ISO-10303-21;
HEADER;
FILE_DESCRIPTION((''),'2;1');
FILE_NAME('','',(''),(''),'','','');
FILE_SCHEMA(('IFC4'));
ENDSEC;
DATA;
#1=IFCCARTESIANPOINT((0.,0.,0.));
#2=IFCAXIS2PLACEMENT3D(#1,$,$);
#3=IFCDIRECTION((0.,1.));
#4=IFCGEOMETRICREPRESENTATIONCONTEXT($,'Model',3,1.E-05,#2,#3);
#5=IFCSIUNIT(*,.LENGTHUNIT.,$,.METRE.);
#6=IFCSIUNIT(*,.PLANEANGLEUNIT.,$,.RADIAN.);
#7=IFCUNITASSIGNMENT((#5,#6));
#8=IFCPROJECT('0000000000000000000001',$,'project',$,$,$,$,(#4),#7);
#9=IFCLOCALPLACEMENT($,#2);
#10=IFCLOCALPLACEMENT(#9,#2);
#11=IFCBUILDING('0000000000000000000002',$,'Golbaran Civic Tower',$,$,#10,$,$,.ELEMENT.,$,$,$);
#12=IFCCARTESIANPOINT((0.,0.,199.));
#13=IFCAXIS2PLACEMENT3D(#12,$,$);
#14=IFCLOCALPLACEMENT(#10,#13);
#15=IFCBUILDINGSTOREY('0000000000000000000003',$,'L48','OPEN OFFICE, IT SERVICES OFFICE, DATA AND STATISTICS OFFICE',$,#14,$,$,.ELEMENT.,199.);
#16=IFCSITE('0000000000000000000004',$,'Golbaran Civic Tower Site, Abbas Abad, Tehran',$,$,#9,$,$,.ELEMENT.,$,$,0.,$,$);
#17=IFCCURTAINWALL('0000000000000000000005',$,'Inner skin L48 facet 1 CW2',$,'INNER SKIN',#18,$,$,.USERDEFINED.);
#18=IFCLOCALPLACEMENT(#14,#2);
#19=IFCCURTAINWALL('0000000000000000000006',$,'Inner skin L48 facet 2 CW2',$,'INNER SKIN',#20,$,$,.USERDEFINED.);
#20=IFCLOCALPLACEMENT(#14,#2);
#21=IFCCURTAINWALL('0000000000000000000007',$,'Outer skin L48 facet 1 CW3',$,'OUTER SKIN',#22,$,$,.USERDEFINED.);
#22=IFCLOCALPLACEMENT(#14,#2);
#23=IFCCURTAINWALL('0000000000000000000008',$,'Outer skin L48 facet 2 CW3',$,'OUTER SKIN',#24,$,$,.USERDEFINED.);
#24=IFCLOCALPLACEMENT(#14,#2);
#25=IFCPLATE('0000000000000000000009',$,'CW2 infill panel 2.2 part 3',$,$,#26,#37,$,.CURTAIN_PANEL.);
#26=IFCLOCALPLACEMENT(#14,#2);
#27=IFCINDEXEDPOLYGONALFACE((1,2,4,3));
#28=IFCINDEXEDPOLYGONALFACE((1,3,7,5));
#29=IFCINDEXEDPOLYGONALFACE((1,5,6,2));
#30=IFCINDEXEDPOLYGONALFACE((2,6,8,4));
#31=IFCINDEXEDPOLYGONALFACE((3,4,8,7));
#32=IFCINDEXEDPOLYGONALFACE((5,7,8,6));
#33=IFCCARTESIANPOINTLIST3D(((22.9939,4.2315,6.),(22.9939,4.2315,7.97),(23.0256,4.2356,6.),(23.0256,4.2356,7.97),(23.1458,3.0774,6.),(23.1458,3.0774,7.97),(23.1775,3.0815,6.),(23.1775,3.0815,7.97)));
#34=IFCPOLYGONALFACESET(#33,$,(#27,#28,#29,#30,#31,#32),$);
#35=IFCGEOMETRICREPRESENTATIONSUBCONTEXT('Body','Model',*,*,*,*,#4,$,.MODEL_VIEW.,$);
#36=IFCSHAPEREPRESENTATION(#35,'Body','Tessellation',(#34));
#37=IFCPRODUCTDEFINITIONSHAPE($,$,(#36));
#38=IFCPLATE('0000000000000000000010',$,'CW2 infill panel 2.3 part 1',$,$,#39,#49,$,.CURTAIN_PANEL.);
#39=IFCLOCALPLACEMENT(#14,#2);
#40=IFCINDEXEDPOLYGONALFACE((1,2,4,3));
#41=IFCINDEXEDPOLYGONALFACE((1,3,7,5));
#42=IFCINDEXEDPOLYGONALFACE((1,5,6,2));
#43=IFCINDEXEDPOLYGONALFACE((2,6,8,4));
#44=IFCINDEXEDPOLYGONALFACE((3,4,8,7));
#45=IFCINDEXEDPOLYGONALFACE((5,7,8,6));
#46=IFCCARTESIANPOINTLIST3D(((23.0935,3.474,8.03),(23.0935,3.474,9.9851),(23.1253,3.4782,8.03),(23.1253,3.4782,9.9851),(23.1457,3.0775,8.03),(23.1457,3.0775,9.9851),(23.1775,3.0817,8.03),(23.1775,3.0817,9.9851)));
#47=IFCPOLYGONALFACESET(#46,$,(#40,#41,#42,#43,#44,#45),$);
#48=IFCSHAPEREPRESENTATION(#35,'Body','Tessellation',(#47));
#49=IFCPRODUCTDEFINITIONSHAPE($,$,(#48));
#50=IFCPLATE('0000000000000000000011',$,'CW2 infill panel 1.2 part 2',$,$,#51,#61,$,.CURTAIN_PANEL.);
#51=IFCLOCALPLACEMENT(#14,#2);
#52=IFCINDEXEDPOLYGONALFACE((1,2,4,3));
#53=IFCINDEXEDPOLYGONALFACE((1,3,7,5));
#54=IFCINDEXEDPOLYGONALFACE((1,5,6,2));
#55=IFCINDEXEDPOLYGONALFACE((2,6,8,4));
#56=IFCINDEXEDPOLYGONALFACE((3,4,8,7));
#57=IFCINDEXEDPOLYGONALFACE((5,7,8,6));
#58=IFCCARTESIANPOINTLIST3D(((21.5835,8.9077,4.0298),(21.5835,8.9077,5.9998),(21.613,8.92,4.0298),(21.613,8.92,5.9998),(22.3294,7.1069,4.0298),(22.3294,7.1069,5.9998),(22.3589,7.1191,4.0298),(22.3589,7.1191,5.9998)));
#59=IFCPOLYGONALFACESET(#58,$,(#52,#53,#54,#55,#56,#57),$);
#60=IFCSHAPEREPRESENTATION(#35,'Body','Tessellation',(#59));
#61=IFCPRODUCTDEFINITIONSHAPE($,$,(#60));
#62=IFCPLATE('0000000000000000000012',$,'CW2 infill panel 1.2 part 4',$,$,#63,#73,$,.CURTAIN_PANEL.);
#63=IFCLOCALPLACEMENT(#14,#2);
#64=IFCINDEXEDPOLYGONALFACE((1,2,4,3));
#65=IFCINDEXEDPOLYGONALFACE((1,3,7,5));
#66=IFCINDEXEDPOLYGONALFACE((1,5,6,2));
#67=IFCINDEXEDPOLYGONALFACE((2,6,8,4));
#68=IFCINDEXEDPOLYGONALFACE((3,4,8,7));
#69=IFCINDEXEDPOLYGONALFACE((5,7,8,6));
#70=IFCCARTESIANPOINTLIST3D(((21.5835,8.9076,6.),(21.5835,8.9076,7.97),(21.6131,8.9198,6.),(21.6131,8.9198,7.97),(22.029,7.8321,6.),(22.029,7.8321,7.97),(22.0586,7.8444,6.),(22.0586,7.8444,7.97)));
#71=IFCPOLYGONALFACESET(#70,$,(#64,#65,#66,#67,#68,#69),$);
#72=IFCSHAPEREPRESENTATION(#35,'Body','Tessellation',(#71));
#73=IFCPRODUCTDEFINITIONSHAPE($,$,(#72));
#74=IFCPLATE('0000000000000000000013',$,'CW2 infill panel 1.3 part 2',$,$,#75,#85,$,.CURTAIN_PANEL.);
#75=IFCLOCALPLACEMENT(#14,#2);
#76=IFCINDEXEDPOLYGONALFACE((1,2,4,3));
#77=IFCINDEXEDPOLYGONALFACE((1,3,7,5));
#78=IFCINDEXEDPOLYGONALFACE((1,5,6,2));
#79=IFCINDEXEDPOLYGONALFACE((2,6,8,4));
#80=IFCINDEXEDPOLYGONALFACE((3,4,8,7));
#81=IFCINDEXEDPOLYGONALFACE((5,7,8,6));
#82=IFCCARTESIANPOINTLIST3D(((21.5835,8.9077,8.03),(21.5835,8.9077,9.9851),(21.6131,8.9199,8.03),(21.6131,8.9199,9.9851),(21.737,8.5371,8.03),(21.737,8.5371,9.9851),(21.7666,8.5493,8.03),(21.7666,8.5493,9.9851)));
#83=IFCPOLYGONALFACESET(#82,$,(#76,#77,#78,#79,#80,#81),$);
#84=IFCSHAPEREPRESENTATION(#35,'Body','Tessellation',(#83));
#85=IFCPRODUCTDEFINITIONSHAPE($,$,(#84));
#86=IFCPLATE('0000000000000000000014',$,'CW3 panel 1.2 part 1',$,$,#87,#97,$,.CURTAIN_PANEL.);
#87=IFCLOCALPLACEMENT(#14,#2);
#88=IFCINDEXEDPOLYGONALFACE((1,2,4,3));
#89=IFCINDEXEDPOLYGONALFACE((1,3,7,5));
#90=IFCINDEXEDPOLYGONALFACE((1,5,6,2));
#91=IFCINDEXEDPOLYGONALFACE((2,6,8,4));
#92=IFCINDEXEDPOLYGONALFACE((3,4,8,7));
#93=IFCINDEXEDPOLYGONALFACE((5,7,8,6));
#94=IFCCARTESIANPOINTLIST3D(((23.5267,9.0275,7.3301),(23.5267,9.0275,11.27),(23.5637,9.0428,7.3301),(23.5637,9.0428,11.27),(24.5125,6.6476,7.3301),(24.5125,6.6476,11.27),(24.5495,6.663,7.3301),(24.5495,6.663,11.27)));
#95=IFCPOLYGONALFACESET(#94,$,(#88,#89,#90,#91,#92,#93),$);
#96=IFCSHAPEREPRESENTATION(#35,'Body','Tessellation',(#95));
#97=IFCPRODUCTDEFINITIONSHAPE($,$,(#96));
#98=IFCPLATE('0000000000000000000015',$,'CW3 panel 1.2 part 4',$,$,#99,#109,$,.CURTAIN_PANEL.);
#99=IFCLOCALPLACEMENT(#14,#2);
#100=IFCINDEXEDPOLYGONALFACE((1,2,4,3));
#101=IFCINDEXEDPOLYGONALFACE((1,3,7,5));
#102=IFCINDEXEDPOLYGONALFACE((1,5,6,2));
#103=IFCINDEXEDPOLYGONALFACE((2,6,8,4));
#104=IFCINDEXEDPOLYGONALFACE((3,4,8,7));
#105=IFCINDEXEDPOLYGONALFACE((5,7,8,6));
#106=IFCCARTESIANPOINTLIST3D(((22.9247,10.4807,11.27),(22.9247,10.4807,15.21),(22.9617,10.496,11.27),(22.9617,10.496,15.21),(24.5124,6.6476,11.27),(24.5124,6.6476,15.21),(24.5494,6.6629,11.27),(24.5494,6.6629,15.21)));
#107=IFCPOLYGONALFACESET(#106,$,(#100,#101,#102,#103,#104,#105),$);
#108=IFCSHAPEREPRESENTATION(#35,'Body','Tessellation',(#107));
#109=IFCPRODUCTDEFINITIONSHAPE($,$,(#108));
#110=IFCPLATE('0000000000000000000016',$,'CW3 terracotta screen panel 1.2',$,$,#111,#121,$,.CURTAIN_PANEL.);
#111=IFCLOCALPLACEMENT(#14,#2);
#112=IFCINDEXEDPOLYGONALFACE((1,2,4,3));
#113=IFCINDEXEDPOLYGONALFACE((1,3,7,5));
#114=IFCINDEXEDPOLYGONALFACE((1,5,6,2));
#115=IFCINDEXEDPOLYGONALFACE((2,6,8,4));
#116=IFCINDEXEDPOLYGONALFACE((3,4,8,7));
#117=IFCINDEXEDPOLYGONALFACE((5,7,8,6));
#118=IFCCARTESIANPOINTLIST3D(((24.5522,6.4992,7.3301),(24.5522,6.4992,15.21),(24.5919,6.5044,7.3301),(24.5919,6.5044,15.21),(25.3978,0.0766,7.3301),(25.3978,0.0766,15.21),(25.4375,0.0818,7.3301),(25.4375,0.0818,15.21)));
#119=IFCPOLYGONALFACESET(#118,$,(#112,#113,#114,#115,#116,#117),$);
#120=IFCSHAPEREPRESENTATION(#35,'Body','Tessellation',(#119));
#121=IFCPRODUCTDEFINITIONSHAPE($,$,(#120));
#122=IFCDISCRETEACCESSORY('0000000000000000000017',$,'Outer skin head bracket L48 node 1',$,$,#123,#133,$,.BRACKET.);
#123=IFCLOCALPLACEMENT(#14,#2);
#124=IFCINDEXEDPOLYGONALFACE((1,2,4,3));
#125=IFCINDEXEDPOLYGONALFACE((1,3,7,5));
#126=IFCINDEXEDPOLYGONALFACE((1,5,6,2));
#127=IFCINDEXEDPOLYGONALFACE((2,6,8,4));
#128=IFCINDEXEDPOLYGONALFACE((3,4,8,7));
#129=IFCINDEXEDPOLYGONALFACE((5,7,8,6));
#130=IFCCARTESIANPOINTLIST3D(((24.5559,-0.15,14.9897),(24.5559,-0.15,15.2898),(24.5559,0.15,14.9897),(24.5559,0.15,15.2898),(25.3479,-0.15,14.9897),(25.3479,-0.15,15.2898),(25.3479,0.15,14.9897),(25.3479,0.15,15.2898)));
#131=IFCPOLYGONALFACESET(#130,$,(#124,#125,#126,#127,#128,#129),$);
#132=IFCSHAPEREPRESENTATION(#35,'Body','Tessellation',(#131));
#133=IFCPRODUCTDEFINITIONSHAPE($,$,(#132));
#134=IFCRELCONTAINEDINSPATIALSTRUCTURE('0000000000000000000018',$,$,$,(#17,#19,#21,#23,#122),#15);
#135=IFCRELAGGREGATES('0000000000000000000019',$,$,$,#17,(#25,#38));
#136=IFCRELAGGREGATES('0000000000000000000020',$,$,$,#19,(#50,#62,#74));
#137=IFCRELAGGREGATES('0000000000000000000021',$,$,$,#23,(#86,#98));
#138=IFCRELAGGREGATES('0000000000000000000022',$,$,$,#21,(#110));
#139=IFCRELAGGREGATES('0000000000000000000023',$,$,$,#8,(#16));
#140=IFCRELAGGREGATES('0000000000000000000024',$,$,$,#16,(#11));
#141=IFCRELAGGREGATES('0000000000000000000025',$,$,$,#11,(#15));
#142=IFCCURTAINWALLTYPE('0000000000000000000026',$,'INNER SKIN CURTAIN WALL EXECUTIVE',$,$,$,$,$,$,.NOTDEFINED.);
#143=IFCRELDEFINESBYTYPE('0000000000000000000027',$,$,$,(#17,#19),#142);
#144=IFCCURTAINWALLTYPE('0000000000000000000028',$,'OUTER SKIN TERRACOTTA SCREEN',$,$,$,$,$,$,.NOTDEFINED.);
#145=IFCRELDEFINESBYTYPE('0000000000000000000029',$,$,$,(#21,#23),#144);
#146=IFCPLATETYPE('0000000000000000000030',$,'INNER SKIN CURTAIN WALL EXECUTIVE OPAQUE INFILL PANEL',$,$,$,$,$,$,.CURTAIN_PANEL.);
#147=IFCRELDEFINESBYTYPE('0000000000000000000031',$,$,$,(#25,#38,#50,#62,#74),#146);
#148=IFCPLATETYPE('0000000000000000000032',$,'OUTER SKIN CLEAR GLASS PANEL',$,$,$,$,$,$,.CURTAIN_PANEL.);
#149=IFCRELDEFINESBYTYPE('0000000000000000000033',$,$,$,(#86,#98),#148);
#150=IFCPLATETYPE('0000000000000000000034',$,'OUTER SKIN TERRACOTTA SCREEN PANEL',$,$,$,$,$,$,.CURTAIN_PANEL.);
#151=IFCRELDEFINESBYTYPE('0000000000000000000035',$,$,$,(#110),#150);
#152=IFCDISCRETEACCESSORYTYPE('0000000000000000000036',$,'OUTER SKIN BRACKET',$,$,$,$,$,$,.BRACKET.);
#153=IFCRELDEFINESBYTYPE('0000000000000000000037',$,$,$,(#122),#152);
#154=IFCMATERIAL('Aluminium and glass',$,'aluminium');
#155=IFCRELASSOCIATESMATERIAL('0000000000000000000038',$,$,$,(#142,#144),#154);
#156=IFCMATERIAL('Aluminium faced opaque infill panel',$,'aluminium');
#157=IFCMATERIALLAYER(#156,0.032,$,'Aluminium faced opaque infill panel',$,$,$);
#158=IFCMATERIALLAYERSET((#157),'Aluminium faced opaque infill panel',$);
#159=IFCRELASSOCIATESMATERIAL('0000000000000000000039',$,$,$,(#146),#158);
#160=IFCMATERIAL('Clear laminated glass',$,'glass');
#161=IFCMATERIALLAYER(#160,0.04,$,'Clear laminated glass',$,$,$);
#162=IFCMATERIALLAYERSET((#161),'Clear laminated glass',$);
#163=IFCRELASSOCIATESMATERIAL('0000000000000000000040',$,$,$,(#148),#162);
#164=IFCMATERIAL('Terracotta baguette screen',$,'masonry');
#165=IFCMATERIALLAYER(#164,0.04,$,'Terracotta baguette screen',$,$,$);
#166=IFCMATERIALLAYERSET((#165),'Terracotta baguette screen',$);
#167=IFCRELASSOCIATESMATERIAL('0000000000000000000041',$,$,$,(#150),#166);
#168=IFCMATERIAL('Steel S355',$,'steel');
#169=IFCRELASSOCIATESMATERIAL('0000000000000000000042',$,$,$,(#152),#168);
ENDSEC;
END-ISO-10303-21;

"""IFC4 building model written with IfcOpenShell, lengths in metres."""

from ifc_helpers import new_model, si_unit, direction, frame, origin, origin_2d, place, context, subcontext, project, spatial, rectangle, extrude, material, layer, layer_set, type_object, element, aggregate, save


model = new_model("IFC4")

# Units and contexts
model_context = context("Model", 3, precision=1e-05, world=origin(), true_north=direction((0.0, 1.0)))
body_context = subcontext(model_context, "Body", "Model", "MODEL_VIEW")
ifc_project = project(units=[si_unit("LENGTHUNIT", "METRE"), si_unit("PLANEANGLEUNIT", "RADIAN")], contexts=[model_context])

# Site, building, storey
site_placement = place(None, origin())
site = spatial("IfcSite", under=ifc_project, at=site_placement, Name="Golbaran Civic Tower Site, Abbas Abad, Tehran", CompositionType="ELEMENT", RefElevation=0.0)
building_placement = place(site_placement, origin())
building = spatial("IfcBuilding", under=site, at=building_placement, Name="Golbaran Civic Tower", CompositionType="ELEMENT")
storey_placement = place(building_placement, frame((0.0, 0.0, 199.0)))
storey = spatial("IfcBuildingStorey", under=building, at=storey_placement, Name="L48", Description="OPEN OFFICE, IT SERVICES OFFICE, DATA AND STATISTICS OFFICE", CompositionType="ELEMENT", Elevation=199.0)

# Curtain walls
ifc_material_1 = material(Name="Aluminium and glass", Category="aluminium")
curtain_wall_type_1 = type_object("IfcCurtainWallType", Name="INNER SKIN CURTAIN WALL EXECUTIVE", PredefinedType="NOTDEFINED", material=ifc_material_1)
curtain_wall_1_placement = place(storey_placement, origin())
curtain_wall_1 = element("IfcCurtainWall", 1, at=curtain_wall_1_placement, inside=storey, type_object=curtain_wall_type_1, Name="Inner skin L48 facet 1 CW2", ObjectType="INNER SKIN", PredefinedType="USERDEFINED")
curtain_wall_2_placement = place(storey_placement, origin())
curtain_wall_2 = element("IfcCurtainWall", 2, at=curtain_wall_2_placement, inside=storey, type_object=curtain_wall_type_1, Name="Inner skin L48 facet 2 CW2", ObjectType="INNER SKIN", PredefinedType="USERDEFINED")
curtain_wall_type_2 = type_object("IfcCurtainWallType", Name="OUTER SKIN TERRACOTTA SCREEN", PredefinedType="NOTDEFINED", material=ifc_material_1)
curtain_wall_3_placement = place(storey_placement, origin())
curtain_wall_3 = element("IfcCurtainWall", 3, at=curtain_wall_3_placement, inside=storey, type_object=curtain_wall_type_2, Name="Outer skin L48 facet 1 CW3", ObjectType="OUTER SKIN", PredefinedType="USERDEFINED")
curtain_wall_4_placement = place(storey_placement, origin())
curtain_wall_4 = element("IfcCurtainWall", 4, at=curtain_wall_4_placement, inside=storey, type_object=curtain_wall_type_2, Name="Outer skin L48 facet 2 CW3", ObjectType="OUTER SKIN", PredefinedType="USERDEFINED")

# Plates
ifc_material_2 = material(Name="Aluminium faced opaque infill panel", Category="aluminium")
ifc_layer_1 = layer(ifc_material_2, 0.032, Name="Aluminium faced opaque infill panel")
ifc_layer_set_1 = layer_set([ifc_layer_1], Name="Aluminium faced opaque infill panel")
plate_type_1 = type_object("IfcPlateType", Name="INNER SKIN CURTAIN WALL EXECUTIVE OPAQUE INFILL PANEL", PredefinedType="CURTAIN_PANEL", material=ifc_layer_set_1)
plate_1_placement = place(storey_placement, frame((23.0857, 3.6565, 6.0), z_axis=(0.0, 0.0, 1.0), x_axis=(-0.130526, 0.991445, 0.0)))
plate_1 = element("IfcPlate", 5, at=plate_1_placement, type_object=plate_type_1, Name="CW2 infill panel 2.2 part 3", PredefinedType="CURTAIN_PANEL", context=body_context, shape_type="SweptSolid", body=[
    extrude(rectangle(XDim=1.1641, YDim=0.032, at=origin_2d()), origin(), (0.0, 0.0, 1.0), 1.97),
])
plate_2_placement = place(storey_placement, frame((23.1355, 3.2778, 8.03), z_axis=(0.0, 0.0, 1.0), x_axis=(-0.130526, 0.991445, 0.0)))
plate_2 = element("IfcPlate", 6, at=plate_2_placement, type_object=plate_type_1, Name="CW2 infill panel 2.3 part 1", PredefinedType="CURTAIN_PANEL", context=body_context, shape_type="SweptSolid", body=[
    extrude(rectangle(XDim=0.3999, YDim=0.032, at=origin_2d()), origin(), (0.0, 0.0, 1.0), 1.9551),
])
aggregate(curtain_wall_1, [plate_1, plate_2])
plate_3_placement = place(storey_placement, frame((21.9712, 8.0134, 4.0298), z_axis=(0.0, 0.0, 1.0), x_axis=(-0.382683, 0.92388, 0.0)))
plate_3 = element("IfcPlate", 7, at=plate_3_placement, type_object=plate_type_1, Name="CW2 infill panel 1.2 part 2", PredefinedType="CURTAIN_PANEL", context=body_context, shape_type="SweptSolid", body=[
    extrude(rectangle(XDim=1.9492, YDim=0.032, at=origin_2d()), origin(), (0.0, 0.0, 1.0), 1.97),
])
plate_4_placement = place(storey_placement, frame((21.821, 8.376, 6.0), z_axis=(0.0, 0.0, 1.0), x_axis=(-0.382683, 0.92388, 0.0)))
plate_4 = element("IfcPlate", 8, at=plate_4_placement, type_object=plate_type_1, Name="CW2 infill panel 1.2 part 4", PredefinedType="CURTAIN_PANEL", context=body_context, shape_type="SweptSolid", body=[
    extrude(rectangle(XDim=1.1641, YDim=0.032, at=origin_2d()), origin(), (0.0, 0.0, 1.0), 1.97),
])
plate_5_placement = place(storey_placement, frame((21.675, 8.7285, 8.03), z_axis=(0.0, 0.0, 1.0), x_axis=(-0.382683, 0.92388, 0.0)))
plate_5 = element("IfcPlate", 9, at=plate_5_placement, type_object=plate_type_1, Name="CW2 infill panel 1.3 part 2", PredefinedType="CURTAIN_PANEL", context=body_context, shape_type="SweptSolid", body=[
    extrude(rectangle(XDim=0.4011, YDim=0.032, at=origin_2d()), origin(), (0.0, 0.0, 1.0), 1.9551),
])
aggregate(curtain_wall_2, [plate_3, plate_4, plate_5])
ifc_material_3 = material(Name="Clear laminated glass", Category="glass")
ifc_layer_2 = layer(ifc_material_3, 0.04, Name="Clear laminated glass")
ifc_layer_set_2 = layer_set([ifc_layer_2], Name="Clear laminated glass")
plate_type_2 = type_object("IfcPlateType", Name="OUTER SKIN CLEAR GLASS PANEL", PredefinedType="CURTAIN_PANEL", material=ifc_layer_set_2)
plate_6_placement = place(storey_placement, frame((24.0381, 7.8452, 7.3301), z_axis=(0.0, 0.0, 1.0), x_axis=(-0.382683, 0.92388, 0.0)))
plate_6 = element("IfcPlate", 10, at=plate_6_placement, type_object=plate_type_2, Name="CW3 panel 1.2 part 1", PredefinedType="CURTAIN_PANEL", context=body_context, shape_type="SweptSolid", body=[
    extrude(rectangle(XDim=2.5759, YDim=0.04, at=origin_2d()), origin(), (0.0, 0.0, 1.0), 3.9399),
])
plate_7_placement = place(storey_placement, frame((23.7371, 8.5718, 11.27), z_axis=(0.0, 0.0, 1.0), x_axis=(-0.382683, 0.92388, 0.0)))
plate_7 = element("IfcPlate", 11, at=plate_7_placement, type_object=plate_type_2, Name="CW3 panel 1.2 part 4", PredefinedType="CURTAIN_PANEL", context=body_context, shape_type="SweptSolid", body=[
    extrude(rectangle(XDim=4.1489, YDim=0.04, at=origin_2d()), origin(), (0.0, 0.0, 1.0), 3.9399),
])
aggregate(curtain_wall_4, [plate_6, plate_7])
ifc_material_4 = material(Name="Terracotta baguette screen", Category="masonry")
ifc_layer_3 = layer(ifc_material_4, 0.04, Name="Terracotta baguette screen")
ifc_layer_set_3 = layer_set([ifc_layer_3], Name="Terracotta baguette screen")
plate_type_3 = type_object("IfcPlateType", Name="OUTER SKIN TERRACOTTA SCREEN PANEL", PredefinedType="CURTAIN_PANEL", material=ifc_layer_set_3)
plate_8_placement = place(storey_placement, frame((24.9949, 3.2905, 7.3301), z_axis=(0.0, 0.0, 1.0), x_axis=(-0.130526, 0.991445, 0.0)))
plate_8 = element("IfcPlate", 12, at=plate_8_placement, type_object=plate_type_3, Name="CW3 terracotta screen panel 1.2", PredefinedType="CURTAIN_PANEL", context=body_context, shape_type="SweptSolid", body=[
    extrude(rectangle(XDim=6.478, YDim=0.04, at=origin_2d()), origin(), (0.0, 0.0, 1.0), 7.8799),
])
aggregate(curtain_wall_3, [plate_8])

# Discrete accessory
ifc_material_5 = material(Name="Steel S355", Category="steel")
discrete_accessory_type = type_object("IfcDiscreteAccessoryType", Name="OUTER SKIN BRACKET", PredefinedType="BRACKET", material=ifc_material_5)
discrete_accessory_placement = place(storey_placement, frame((24.9519, 0.0, 14.9897), z_axis=(0.0, 0.0, 1.0), x_axis=(1.0, 0.0, 0.0)))
element("IfcDiscreteAccessory", 13, at=discrete_accessory_placement, inside=storey, type_object=discrete_accessory_type, Name="Outer skin head bracket L48 node 1", PredefinedType="BRACKET", context=body_context, shape_type="SweptSolid", body=[
    extrude(rectangle(XDim=0.792, YDim=0.3, at=origin_2d()), origin(), (0.0, 0.0, 1.0), 0.3),
])

save(model, "model.ifc")
